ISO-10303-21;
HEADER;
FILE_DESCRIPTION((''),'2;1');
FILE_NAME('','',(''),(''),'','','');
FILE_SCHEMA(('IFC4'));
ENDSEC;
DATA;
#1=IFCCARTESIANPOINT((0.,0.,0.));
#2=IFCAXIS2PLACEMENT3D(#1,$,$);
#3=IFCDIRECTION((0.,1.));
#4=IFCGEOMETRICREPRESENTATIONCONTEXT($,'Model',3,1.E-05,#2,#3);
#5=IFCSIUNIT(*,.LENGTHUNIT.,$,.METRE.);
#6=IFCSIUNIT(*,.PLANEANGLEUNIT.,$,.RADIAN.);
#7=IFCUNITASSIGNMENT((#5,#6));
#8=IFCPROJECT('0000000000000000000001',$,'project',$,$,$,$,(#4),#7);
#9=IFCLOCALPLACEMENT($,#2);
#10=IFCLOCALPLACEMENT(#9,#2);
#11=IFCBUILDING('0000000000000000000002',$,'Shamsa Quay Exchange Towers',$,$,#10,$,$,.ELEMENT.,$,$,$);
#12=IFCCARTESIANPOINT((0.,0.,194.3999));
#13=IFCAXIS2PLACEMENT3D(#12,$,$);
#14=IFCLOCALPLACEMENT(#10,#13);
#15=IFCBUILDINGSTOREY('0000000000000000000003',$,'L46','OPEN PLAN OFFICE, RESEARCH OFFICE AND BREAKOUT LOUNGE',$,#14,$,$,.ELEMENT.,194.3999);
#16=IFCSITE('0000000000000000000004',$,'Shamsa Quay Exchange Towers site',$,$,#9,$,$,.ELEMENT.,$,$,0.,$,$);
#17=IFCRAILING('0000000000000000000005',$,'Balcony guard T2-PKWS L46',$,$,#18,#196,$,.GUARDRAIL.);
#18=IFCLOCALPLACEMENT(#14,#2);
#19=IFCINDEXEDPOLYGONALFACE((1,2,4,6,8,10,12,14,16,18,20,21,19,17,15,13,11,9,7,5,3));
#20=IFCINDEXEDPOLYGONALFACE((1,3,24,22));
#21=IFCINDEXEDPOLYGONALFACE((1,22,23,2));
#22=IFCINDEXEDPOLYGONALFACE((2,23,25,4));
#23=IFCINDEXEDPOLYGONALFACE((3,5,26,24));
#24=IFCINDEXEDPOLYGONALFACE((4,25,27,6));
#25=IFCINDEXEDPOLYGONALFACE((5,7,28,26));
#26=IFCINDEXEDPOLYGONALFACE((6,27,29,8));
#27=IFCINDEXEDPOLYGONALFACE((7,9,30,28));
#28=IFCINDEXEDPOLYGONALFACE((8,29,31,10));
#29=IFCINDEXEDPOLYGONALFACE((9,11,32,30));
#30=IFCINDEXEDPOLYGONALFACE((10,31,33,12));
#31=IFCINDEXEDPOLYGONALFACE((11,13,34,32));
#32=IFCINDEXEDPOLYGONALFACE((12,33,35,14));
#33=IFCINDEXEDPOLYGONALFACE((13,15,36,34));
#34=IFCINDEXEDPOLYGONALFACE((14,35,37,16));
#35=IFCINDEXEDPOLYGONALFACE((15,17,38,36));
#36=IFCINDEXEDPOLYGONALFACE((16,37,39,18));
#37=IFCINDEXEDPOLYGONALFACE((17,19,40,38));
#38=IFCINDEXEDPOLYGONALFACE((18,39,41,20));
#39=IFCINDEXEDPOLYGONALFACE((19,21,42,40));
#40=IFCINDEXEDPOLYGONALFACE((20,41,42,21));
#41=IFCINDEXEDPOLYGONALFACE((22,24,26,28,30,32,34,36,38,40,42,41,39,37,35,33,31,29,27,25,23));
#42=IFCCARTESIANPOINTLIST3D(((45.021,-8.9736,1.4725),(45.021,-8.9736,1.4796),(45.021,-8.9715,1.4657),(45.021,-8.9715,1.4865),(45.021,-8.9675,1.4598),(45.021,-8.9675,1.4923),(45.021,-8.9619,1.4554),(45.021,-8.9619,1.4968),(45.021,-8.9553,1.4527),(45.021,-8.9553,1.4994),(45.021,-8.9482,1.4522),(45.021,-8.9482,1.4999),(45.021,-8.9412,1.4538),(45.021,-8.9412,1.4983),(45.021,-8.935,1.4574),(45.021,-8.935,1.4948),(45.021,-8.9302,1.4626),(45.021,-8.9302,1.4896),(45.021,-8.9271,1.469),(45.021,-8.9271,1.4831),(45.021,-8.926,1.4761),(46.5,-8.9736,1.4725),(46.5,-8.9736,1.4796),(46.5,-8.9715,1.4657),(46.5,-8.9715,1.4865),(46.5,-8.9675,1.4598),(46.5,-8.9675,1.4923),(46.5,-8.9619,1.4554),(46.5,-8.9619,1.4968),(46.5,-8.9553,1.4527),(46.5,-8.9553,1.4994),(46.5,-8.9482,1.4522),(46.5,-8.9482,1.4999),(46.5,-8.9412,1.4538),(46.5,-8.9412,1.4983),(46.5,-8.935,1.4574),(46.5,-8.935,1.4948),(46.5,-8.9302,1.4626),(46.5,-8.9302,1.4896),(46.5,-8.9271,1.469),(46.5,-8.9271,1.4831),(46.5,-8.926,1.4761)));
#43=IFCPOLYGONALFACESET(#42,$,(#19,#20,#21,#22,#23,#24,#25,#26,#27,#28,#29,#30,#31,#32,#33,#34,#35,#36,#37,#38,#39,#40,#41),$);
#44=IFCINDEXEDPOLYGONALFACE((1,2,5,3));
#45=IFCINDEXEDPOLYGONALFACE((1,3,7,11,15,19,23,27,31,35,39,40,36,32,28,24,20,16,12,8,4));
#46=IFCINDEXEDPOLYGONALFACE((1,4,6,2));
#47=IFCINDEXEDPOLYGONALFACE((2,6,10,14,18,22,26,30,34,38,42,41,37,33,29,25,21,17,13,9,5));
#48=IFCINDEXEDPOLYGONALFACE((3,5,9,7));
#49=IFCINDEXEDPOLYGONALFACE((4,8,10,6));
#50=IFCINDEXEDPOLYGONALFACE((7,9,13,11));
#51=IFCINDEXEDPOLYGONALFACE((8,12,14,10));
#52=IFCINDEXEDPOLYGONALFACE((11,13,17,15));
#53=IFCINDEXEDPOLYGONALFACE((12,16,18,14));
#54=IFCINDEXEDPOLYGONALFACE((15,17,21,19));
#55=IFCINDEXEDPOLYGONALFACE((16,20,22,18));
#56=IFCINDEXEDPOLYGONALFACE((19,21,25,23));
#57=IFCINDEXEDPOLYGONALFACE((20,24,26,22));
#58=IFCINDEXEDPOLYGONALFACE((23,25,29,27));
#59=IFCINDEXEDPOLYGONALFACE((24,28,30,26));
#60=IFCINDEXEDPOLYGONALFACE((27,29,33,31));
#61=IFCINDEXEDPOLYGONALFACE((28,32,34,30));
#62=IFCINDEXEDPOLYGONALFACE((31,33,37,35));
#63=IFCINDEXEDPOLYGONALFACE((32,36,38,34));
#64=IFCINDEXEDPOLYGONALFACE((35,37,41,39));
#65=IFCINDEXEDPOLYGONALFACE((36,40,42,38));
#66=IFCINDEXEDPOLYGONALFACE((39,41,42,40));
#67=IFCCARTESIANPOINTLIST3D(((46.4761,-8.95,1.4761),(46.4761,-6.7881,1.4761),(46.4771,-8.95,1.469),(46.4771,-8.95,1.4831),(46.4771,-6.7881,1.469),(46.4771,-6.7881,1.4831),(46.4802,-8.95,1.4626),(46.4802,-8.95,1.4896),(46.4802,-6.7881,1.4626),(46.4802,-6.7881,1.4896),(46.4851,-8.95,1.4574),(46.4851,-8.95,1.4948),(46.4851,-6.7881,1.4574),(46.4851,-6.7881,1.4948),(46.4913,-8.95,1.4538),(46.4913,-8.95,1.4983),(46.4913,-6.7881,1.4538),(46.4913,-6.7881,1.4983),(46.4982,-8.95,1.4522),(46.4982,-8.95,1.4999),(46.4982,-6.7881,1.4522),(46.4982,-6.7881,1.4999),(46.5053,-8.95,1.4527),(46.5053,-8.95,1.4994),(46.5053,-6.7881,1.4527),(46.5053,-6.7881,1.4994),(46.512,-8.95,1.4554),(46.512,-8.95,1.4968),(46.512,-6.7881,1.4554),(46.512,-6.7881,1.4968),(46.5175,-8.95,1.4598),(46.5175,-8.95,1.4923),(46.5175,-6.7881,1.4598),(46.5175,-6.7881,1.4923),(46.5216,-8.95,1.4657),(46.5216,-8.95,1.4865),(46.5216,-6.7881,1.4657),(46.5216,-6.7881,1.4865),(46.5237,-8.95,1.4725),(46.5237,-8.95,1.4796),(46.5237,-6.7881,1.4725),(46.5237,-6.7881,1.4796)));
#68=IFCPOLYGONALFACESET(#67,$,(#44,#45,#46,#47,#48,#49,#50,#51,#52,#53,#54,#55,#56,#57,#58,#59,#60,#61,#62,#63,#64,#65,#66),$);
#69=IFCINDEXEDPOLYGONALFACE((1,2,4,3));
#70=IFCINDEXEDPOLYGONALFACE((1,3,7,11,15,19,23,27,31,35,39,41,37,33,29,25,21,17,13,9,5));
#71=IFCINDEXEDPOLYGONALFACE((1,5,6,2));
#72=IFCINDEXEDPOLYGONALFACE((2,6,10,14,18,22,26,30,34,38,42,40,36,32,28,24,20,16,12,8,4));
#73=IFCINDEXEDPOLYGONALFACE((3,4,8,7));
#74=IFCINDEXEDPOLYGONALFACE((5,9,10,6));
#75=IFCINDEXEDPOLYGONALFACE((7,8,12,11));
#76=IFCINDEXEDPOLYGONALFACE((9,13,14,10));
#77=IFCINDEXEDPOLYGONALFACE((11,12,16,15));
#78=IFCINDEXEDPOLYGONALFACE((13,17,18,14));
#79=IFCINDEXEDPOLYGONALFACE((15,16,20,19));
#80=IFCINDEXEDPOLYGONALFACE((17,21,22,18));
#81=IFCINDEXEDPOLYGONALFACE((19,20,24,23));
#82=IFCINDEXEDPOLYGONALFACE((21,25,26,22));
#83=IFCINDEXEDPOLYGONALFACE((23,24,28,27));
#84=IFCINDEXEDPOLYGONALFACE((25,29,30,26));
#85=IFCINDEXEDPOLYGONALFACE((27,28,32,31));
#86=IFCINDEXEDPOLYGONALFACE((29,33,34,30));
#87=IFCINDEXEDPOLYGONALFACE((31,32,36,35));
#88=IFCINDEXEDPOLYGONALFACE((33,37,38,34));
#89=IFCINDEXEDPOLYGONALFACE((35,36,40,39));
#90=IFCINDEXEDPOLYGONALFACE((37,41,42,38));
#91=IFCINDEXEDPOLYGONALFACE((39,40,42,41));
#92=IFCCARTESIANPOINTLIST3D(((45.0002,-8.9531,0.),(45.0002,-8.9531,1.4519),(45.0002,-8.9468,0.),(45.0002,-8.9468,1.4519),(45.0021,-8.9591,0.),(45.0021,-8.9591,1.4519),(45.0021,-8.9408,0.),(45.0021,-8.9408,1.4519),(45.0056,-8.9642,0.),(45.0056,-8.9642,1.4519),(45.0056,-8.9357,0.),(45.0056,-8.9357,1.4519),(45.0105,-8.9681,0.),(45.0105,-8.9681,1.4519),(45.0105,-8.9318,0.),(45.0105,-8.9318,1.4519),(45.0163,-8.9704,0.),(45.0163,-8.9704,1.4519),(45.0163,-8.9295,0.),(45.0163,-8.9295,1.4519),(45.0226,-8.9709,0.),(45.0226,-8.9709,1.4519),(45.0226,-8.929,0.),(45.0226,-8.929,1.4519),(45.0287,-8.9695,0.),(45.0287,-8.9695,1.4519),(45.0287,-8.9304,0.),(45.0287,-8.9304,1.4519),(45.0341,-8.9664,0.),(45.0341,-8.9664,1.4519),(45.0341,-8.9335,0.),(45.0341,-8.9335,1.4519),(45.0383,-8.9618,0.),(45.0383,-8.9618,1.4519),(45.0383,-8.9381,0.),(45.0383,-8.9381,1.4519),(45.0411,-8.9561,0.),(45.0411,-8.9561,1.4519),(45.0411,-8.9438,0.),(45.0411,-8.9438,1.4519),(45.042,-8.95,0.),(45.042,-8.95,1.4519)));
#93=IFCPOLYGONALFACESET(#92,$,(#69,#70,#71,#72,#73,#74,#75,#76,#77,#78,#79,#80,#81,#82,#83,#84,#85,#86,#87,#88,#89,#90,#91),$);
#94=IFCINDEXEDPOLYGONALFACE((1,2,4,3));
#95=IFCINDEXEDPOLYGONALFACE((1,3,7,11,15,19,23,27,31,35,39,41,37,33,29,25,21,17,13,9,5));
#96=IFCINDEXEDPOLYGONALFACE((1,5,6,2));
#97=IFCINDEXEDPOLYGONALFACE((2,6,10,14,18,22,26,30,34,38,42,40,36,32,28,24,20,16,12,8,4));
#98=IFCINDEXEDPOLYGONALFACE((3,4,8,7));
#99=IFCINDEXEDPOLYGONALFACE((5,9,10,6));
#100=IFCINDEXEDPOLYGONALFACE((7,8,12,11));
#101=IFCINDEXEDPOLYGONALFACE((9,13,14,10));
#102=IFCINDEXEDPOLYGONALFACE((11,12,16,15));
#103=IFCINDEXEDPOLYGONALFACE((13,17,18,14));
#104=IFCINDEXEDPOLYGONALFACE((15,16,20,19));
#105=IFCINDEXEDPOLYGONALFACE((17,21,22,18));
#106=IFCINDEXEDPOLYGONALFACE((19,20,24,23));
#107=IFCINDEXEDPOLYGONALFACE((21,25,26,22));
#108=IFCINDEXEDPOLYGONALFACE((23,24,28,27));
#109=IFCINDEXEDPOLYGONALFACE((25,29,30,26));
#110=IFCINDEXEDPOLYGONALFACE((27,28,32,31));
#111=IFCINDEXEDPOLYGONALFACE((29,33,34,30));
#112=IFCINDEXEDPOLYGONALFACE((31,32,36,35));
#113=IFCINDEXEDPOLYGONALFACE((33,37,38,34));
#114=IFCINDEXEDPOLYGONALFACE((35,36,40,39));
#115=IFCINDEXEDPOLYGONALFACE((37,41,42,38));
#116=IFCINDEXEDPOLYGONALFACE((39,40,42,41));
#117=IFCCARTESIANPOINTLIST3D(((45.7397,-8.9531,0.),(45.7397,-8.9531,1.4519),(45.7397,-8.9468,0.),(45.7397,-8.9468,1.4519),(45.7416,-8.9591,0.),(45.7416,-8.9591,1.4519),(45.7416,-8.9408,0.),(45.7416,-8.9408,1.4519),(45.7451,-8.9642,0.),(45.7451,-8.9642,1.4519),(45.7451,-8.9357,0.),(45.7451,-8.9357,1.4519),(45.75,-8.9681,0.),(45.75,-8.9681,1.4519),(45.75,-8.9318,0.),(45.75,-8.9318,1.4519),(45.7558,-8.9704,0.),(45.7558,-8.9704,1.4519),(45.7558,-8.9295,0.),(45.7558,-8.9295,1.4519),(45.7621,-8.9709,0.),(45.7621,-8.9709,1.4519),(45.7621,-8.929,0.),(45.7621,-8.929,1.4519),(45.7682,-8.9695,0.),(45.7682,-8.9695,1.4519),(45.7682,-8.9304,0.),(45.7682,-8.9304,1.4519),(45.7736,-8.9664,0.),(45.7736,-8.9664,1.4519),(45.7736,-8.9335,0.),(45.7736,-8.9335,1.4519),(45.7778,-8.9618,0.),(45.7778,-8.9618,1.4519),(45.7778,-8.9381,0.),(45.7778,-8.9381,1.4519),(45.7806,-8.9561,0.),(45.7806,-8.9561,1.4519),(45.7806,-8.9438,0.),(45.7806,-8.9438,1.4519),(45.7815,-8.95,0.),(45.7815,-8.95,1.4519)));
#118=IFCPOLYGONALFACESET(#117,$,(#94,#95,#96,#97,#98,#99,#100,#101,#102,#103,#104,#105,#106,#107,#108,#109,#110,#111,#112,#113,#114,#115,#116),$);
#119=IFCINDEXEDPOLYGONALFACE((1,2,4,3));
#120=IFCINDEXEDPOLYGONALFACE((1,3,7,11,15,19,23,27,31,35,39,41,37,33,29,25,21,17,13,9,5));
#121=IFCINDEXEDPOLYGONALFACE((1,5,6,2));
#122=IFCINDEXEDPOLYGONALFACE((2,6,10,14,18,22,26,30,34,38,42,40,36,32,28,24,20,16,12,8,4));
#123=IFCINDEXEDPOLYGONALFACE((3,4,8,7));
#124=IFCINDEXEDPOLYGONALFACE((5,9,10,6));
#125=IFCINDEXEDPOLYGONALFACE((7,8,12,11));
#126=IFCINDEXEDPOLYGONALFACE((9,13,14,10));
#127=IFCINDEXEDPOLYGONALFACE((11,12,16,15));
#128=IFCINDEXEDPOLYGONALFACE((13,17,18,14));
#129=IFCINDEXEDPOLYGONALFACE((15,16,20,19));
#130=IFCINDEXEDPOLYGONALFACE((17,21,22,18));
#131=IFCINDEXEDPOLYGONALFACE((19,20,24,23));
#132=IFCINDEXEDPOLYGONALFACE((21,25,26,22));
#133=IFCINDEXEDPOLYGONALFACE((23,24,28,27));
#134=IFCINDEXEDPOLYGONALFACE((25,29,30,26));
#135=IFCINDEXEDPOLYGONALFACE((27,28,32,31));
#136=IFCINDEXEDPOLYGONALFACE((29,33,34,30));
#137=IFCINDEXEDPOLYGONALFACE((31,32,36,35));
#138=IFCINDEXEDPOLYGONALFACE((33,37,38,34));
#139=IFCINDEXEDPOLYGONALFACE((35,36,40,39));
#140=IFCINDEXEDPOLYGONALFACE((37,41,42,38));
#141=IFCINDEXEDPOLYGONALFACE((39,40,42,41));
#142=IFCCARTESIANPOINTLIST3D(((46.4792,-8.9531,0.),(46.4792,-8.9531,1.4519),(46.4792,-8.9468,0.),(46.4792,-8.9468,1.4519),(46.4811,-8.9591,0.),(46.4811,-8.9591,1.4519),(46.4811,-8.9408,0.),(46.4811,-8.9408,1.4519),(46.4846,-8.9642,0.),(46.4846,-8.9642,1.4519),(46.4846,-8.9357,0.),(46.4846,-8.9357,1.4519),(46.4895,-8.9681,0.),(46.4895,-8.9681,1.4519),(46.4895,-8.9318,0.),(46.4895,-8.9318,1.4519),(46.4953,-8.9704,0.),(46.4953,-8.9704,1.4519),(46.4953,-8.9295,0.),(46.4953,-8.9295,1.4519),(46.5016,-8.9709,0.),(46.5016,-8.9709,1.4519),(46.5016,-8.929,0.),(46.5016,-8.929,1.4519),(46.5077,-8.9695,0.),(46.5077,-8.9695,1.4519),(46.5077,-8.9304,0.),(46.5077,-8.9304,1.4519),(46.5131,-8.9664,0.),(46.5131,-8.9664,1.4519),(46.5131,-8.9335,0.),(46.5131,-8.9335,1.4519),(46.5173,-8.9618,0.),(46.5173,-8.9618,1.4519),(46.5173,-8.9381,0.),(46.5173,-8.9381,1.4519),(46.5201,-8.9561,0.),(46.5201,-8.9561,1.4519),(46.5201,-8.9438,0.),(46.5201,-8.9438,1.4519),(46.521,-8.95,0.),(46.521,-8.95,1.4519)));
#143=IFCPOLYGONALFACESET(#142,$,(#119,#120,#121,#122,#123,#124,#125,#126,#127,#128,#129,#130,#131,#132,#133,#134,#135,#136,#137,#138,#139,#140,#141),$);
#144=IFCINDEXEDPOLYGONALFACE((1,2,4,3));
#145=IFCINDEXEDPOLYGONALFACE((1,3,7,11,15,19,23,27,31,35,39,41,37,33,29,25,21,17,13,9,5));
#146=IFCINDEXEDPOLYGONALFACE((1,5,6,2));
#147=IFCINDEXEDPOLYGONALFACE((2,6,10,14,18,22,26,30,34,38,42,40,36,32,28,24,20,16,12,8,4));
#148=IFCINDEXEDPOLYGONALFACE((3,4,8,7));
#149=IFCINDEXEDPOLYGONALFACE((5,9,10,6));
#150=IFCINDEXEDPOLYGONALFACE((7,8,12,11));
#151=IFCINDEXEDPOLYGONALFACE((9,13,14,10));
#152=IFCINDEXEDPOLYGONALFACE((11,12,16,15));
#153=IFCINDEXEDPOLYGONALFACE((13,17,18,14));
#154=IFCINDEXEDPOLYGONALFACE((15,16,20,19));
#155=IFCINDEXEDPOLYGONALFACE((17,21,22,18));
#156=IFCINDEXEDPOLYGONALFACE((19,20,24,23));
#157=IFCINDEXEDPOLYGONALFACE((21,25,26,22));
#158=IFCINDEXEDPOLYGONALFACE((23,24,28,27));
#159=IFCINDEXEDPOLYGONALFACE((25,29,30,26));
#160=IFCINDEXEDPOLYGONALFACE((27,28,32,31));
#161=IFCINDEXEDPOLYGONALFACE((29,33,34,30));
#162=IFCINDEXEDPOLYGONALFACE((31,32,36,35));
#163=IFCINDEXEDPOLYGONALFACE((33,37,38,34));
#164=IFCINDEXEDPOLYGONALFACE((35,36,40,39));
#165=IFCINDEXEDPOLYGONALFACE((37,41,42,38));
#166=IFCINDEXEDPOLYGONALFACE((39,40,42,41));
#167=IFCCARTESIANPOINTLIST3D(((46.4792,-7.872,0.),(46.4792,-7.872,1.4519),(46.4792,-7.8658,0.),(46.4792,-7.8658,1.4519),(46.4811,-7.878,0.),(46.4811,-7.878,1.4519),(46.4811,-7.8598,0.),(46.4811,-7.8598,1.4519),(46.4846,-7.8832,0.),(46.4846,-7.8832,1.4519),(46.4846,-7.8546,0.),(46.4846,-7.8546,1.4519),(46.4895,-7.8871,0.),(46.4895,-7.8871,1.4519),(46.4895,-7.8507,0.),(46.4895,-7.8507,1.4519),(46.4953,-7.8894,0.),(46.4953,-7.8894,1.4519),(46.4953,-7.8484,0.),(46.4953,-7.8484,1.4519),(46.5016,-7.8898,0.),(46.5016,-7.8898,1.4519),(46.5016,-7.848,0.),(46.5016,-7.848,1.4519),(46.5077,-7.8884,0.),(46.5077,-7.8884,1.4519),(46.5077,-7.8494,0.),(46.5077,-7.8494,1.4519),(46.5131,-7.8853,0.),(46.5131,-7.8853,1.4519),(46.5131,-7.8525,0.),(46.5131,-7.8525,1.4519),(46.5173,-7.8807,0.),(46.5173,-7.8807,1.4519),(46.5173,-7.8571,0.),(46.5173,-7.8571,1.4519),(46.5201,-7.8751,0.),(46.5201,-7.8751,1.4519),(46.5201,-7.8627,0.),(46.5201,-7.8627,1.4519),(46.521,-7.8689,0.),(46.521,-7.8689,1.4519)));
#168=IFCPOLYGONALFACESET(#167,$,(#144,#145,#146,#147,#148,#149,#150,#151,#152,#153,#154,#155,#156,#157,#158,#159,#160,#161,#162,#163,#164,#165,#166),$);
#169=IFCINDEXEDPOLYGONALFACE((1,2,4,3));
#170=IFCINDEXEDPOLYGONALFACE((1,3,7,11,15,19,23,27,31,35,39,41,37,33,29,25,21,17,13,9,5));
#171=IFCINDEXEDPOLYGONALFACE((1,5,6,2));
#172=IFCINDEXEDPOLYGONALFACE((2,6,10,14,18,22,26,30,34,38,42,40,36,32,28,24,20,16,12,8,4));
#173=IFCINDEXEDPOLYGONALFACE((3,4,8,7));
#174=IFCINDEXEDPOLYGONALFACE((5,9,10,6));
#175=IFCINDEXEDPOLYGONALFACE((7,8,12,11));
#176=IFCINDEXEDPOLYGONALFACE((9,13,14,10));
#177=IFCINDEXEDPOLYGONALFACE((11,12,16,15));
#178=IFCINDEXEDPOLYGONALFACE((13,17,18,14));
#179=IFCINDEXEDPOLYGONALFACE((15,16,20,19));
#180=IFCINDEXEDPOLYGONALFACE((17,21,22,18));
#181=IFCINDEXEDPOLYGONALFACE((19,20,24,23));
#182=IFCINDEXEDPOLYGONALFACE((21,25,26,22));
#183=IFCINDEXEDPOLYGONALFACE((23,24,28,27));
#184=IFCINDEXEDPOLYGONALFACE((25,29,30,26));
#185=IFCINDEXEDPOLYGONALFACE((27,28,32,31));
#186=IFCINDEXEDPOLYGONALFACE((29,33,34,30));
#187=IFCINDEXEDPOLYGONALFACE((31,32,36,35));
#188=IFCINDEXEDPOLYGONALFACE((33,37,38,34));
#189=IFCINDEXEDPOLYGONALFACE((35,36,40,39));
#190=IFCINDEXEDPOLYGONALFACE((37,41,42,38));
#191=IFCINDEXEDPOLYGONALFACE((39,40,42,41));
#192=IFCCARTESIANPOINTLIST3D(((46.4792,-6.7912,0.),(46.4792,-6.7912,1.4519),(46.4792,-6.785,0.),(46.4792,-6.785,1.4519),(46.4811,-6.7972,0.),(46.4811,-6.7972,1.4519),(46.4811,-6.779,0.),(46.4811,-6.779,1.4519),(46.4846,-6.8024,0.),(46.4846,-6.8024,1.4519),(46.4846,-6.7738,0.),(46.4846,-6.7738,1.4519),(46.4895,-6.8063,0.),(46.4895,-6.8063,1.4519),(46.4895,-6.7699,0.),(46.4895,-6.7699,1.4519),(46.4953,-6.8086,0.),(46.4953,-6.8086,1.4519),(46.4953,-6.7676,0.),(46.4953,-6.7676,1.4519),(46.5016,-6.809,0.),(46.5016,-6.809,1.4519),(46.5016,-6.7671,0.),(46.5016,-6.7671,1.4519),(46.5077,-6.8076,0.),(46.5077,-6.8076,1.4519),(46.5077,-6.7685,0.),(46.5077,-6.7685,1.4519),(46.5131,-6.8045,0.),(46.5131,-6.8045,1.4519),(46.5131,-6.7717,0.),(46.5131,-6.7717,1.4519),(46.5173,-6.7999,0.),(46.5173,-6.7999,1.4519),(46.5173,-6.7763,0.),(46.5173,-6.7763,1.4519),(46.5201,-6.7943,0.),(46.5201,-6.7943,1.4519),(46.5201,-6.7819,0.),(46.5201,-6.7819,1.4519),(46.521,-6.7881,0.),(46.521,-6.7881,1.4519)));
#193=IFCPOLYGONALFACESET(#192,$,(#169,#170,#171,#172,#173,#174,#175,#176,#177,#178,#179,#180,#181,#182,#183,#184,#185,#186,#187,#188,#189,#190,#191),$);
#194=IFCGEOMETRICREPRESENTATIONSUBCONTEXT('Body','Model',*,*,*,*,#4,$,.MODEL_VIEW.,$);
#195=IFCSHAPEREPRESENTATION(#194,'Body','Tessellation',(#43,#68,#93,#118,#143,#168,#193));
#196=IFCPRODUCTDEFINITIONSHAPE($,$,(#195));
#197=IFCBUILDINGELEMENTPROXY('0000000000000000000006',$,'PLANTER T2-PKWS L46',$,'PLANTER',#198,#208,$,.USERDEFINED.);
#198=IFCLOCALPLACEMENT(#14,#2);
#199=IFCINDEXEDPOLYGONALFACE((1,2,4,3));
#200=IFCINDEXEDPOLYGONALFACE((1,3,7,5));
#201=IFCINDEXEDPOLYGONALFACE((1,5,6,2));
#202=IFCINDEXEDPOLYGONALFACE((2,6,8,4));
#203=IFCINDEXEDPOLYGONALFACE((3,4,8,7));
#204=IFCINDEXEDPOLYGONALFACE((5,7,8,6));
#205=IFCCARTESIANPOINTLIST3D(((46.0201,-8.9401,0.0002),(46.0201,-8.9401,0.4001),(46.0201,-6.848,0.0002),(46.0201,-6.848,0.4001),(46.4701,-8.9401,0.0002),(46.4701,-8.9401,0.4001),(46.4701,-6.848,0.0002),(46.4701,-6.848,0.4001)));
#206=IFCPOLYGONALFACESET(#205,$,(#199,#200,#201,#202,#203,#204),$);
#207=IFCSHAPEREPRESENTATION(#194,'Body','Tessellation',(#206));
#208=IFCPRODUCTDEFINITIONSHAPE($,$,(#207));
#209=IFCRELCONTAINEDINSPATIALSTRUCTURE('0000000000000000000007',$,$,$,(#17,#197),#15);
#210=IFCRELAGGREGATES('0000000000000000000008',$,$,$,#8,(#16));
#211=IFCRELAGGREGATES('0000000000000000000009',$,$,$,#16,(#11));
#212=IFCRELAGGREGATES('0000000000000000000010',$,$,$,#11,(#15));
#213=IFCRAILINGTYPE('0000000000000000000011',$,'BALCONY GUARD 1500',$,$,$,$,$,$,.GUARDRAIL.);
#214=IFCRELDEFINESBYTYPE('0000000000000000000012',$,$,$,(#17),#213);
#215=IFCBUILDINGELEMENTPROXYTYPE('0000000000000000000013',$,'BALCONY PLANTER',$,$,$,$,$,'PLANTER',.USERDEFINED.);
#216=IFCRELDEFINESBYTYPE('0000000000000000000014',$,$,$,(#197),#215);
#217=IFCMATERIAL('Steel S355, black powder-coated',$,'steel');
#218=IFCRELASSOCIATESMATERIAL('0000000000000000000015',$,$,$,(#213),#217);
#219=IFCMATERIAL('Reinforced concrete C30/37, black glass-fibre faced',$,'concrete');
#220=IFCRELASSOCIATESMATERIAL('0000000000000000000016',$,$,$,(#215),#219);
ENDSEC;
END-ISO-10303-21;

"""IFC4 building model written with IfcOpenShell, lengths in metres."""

from ifc_helpers import new_model, si_unit, direction, frame, origin, origin_2d, place, context, subcontext, project, spatial, rectangle, circle, extrude, material, type_object, element, save


model = new_model("IFC4")

# Units and contexts
model_context = context("Model", 3, precision=1e-05, world=origin(), true_north=direction((0.0, 1.0)))
body_context = subcontext(model_context, "Body", "Model", "MODEL_VIEW")
ifc_project = project(units=[si_unit("LENGTHUNIT", "METRE"), si_unit("PLANEANGLEUNIT", "RADIAN")], contexts=[model_context])

# Site, building, storey
site_placement = place(None, origin())
site = spatial("IfcSite", under=ifc_project, at=site_placement, Name="Shamsa Quay Exchange Towers site", CompositionType="ELEMENT", RefElevation=0.0)
building_placement = place(site_placement, origin())
building = spatial("IfcBuilding", under=site, at=building_placement, Name="Shamsa Quay Exchange Towers", CompositionType="ELEMENT")
storey_placement = place(building_placement, frame((0.0, 0.0, 194.3999)))
storey = spatial("IfcBuildingStorey", under=building, at=storey_placement, Name="L46", Description="OPEN PLAN OFFICE, RESEARCH OFFICE AND BREAKOUT LOUNGE", CompositionType="ELEMENT", Elevation=194.3999)

# Railing
ifc_material_1 = material(Name="Steel S355, black powder-coated", Category="steel")
railing_type_1 = type_object("IfcRailingType", Name="BALCONY GUARD 1500", PredefinedType="GUARDRAIL", material=ifc_material_1)
railing_1_placement = place(storey_placement, frame((45.021, -8.95, 0.0)))
element("IfcRailing", 1, at=railing_1_placement, inside=storey, type_object=railing_type_1, Name="Balcony guard T2-PKWS L46", PredefinedType="GUARDRAIL", context=body_context, shape_type="SweptSolid", body=[
    extrude(circle(Radius=0.0239, at=origin_2d()), frame((0.0, 0.0, 1.4761), z_axis=(1.0, 0.0, 0.0), x_axis=(0.0, 1.0, 0.0)), (0.0, 0.0, 1.0), 1.479),
    extrude(circle(Radius=0.0239, at=origin_2d()), frame((1.479, 0.0, 1.4761), z_axis=(0.0, 1.0, 0.0), x_axis=(-1.0, 0.0, 0.0)), (0.0, 0.0, 1.0), 2.1619),
    extrude(circle(Radius=0.021, at=origin_2d()), origin(), (0.0, 0.0, 1.0), 1.4519),
    extrude(circle(Radius=0.021, at=origin_2d()), frame((0.7395, 0.0, 0.0)), (0.0, 0.0, 1.0), 1.4519),
    extrude(circle(Radius=0.021, at=origin_2d()), frame((1.479, 0.0, 0.0)), (0.0, 0.0, 1.0), 1.4519),
    extrude(circle(Radius=0.021, at=origin_2d()), frame((1.479, 1.0811, 0.0)), (0.0, 0.0, 1.0), 1.4519),
    extrude(circle(Radius=0.021, at=origin_2d()), frame((1.479, 2.1619, 0.0)), (0.0, 0.0, 1.0), 1.4519),
])

# Building element proxy
ifc_material_2 = material(Name="Reinforced concrete C30/37, black glass-fibre faced", Category="concrete")
building_element_proxy_type = type_object("IfcBuildingElementProxyType", Name="BALCONY PLANTER", ElementType="PLANTER", PredefinedType="USERDEFINED", material=ifc_material_2)
proxy_placement = place(storey_placement, frame((46.2451, -7.894, 0.0002), z_axis=(0.0, 0.0, 1.0), x_axis=(0.0, 1.0, 0.0)))
element("IfcBuildingElementProxy", 2, at=proxy_placement, inside=storey, type_object=building_element_proxy_type, Name="PLANTER T2-PKWS L46", ObjectType="PLANTER", PredefinedType="USERDEFINED", context=body_context, shape_type="SweptSolid", body=[
    extrude(rectangle(XDim=2.092, YDim=0.45, at=origin_2d()), origin(), (0.0, 0.0, 1.0), 0.3999),
])

save(model, "model.ifc")
